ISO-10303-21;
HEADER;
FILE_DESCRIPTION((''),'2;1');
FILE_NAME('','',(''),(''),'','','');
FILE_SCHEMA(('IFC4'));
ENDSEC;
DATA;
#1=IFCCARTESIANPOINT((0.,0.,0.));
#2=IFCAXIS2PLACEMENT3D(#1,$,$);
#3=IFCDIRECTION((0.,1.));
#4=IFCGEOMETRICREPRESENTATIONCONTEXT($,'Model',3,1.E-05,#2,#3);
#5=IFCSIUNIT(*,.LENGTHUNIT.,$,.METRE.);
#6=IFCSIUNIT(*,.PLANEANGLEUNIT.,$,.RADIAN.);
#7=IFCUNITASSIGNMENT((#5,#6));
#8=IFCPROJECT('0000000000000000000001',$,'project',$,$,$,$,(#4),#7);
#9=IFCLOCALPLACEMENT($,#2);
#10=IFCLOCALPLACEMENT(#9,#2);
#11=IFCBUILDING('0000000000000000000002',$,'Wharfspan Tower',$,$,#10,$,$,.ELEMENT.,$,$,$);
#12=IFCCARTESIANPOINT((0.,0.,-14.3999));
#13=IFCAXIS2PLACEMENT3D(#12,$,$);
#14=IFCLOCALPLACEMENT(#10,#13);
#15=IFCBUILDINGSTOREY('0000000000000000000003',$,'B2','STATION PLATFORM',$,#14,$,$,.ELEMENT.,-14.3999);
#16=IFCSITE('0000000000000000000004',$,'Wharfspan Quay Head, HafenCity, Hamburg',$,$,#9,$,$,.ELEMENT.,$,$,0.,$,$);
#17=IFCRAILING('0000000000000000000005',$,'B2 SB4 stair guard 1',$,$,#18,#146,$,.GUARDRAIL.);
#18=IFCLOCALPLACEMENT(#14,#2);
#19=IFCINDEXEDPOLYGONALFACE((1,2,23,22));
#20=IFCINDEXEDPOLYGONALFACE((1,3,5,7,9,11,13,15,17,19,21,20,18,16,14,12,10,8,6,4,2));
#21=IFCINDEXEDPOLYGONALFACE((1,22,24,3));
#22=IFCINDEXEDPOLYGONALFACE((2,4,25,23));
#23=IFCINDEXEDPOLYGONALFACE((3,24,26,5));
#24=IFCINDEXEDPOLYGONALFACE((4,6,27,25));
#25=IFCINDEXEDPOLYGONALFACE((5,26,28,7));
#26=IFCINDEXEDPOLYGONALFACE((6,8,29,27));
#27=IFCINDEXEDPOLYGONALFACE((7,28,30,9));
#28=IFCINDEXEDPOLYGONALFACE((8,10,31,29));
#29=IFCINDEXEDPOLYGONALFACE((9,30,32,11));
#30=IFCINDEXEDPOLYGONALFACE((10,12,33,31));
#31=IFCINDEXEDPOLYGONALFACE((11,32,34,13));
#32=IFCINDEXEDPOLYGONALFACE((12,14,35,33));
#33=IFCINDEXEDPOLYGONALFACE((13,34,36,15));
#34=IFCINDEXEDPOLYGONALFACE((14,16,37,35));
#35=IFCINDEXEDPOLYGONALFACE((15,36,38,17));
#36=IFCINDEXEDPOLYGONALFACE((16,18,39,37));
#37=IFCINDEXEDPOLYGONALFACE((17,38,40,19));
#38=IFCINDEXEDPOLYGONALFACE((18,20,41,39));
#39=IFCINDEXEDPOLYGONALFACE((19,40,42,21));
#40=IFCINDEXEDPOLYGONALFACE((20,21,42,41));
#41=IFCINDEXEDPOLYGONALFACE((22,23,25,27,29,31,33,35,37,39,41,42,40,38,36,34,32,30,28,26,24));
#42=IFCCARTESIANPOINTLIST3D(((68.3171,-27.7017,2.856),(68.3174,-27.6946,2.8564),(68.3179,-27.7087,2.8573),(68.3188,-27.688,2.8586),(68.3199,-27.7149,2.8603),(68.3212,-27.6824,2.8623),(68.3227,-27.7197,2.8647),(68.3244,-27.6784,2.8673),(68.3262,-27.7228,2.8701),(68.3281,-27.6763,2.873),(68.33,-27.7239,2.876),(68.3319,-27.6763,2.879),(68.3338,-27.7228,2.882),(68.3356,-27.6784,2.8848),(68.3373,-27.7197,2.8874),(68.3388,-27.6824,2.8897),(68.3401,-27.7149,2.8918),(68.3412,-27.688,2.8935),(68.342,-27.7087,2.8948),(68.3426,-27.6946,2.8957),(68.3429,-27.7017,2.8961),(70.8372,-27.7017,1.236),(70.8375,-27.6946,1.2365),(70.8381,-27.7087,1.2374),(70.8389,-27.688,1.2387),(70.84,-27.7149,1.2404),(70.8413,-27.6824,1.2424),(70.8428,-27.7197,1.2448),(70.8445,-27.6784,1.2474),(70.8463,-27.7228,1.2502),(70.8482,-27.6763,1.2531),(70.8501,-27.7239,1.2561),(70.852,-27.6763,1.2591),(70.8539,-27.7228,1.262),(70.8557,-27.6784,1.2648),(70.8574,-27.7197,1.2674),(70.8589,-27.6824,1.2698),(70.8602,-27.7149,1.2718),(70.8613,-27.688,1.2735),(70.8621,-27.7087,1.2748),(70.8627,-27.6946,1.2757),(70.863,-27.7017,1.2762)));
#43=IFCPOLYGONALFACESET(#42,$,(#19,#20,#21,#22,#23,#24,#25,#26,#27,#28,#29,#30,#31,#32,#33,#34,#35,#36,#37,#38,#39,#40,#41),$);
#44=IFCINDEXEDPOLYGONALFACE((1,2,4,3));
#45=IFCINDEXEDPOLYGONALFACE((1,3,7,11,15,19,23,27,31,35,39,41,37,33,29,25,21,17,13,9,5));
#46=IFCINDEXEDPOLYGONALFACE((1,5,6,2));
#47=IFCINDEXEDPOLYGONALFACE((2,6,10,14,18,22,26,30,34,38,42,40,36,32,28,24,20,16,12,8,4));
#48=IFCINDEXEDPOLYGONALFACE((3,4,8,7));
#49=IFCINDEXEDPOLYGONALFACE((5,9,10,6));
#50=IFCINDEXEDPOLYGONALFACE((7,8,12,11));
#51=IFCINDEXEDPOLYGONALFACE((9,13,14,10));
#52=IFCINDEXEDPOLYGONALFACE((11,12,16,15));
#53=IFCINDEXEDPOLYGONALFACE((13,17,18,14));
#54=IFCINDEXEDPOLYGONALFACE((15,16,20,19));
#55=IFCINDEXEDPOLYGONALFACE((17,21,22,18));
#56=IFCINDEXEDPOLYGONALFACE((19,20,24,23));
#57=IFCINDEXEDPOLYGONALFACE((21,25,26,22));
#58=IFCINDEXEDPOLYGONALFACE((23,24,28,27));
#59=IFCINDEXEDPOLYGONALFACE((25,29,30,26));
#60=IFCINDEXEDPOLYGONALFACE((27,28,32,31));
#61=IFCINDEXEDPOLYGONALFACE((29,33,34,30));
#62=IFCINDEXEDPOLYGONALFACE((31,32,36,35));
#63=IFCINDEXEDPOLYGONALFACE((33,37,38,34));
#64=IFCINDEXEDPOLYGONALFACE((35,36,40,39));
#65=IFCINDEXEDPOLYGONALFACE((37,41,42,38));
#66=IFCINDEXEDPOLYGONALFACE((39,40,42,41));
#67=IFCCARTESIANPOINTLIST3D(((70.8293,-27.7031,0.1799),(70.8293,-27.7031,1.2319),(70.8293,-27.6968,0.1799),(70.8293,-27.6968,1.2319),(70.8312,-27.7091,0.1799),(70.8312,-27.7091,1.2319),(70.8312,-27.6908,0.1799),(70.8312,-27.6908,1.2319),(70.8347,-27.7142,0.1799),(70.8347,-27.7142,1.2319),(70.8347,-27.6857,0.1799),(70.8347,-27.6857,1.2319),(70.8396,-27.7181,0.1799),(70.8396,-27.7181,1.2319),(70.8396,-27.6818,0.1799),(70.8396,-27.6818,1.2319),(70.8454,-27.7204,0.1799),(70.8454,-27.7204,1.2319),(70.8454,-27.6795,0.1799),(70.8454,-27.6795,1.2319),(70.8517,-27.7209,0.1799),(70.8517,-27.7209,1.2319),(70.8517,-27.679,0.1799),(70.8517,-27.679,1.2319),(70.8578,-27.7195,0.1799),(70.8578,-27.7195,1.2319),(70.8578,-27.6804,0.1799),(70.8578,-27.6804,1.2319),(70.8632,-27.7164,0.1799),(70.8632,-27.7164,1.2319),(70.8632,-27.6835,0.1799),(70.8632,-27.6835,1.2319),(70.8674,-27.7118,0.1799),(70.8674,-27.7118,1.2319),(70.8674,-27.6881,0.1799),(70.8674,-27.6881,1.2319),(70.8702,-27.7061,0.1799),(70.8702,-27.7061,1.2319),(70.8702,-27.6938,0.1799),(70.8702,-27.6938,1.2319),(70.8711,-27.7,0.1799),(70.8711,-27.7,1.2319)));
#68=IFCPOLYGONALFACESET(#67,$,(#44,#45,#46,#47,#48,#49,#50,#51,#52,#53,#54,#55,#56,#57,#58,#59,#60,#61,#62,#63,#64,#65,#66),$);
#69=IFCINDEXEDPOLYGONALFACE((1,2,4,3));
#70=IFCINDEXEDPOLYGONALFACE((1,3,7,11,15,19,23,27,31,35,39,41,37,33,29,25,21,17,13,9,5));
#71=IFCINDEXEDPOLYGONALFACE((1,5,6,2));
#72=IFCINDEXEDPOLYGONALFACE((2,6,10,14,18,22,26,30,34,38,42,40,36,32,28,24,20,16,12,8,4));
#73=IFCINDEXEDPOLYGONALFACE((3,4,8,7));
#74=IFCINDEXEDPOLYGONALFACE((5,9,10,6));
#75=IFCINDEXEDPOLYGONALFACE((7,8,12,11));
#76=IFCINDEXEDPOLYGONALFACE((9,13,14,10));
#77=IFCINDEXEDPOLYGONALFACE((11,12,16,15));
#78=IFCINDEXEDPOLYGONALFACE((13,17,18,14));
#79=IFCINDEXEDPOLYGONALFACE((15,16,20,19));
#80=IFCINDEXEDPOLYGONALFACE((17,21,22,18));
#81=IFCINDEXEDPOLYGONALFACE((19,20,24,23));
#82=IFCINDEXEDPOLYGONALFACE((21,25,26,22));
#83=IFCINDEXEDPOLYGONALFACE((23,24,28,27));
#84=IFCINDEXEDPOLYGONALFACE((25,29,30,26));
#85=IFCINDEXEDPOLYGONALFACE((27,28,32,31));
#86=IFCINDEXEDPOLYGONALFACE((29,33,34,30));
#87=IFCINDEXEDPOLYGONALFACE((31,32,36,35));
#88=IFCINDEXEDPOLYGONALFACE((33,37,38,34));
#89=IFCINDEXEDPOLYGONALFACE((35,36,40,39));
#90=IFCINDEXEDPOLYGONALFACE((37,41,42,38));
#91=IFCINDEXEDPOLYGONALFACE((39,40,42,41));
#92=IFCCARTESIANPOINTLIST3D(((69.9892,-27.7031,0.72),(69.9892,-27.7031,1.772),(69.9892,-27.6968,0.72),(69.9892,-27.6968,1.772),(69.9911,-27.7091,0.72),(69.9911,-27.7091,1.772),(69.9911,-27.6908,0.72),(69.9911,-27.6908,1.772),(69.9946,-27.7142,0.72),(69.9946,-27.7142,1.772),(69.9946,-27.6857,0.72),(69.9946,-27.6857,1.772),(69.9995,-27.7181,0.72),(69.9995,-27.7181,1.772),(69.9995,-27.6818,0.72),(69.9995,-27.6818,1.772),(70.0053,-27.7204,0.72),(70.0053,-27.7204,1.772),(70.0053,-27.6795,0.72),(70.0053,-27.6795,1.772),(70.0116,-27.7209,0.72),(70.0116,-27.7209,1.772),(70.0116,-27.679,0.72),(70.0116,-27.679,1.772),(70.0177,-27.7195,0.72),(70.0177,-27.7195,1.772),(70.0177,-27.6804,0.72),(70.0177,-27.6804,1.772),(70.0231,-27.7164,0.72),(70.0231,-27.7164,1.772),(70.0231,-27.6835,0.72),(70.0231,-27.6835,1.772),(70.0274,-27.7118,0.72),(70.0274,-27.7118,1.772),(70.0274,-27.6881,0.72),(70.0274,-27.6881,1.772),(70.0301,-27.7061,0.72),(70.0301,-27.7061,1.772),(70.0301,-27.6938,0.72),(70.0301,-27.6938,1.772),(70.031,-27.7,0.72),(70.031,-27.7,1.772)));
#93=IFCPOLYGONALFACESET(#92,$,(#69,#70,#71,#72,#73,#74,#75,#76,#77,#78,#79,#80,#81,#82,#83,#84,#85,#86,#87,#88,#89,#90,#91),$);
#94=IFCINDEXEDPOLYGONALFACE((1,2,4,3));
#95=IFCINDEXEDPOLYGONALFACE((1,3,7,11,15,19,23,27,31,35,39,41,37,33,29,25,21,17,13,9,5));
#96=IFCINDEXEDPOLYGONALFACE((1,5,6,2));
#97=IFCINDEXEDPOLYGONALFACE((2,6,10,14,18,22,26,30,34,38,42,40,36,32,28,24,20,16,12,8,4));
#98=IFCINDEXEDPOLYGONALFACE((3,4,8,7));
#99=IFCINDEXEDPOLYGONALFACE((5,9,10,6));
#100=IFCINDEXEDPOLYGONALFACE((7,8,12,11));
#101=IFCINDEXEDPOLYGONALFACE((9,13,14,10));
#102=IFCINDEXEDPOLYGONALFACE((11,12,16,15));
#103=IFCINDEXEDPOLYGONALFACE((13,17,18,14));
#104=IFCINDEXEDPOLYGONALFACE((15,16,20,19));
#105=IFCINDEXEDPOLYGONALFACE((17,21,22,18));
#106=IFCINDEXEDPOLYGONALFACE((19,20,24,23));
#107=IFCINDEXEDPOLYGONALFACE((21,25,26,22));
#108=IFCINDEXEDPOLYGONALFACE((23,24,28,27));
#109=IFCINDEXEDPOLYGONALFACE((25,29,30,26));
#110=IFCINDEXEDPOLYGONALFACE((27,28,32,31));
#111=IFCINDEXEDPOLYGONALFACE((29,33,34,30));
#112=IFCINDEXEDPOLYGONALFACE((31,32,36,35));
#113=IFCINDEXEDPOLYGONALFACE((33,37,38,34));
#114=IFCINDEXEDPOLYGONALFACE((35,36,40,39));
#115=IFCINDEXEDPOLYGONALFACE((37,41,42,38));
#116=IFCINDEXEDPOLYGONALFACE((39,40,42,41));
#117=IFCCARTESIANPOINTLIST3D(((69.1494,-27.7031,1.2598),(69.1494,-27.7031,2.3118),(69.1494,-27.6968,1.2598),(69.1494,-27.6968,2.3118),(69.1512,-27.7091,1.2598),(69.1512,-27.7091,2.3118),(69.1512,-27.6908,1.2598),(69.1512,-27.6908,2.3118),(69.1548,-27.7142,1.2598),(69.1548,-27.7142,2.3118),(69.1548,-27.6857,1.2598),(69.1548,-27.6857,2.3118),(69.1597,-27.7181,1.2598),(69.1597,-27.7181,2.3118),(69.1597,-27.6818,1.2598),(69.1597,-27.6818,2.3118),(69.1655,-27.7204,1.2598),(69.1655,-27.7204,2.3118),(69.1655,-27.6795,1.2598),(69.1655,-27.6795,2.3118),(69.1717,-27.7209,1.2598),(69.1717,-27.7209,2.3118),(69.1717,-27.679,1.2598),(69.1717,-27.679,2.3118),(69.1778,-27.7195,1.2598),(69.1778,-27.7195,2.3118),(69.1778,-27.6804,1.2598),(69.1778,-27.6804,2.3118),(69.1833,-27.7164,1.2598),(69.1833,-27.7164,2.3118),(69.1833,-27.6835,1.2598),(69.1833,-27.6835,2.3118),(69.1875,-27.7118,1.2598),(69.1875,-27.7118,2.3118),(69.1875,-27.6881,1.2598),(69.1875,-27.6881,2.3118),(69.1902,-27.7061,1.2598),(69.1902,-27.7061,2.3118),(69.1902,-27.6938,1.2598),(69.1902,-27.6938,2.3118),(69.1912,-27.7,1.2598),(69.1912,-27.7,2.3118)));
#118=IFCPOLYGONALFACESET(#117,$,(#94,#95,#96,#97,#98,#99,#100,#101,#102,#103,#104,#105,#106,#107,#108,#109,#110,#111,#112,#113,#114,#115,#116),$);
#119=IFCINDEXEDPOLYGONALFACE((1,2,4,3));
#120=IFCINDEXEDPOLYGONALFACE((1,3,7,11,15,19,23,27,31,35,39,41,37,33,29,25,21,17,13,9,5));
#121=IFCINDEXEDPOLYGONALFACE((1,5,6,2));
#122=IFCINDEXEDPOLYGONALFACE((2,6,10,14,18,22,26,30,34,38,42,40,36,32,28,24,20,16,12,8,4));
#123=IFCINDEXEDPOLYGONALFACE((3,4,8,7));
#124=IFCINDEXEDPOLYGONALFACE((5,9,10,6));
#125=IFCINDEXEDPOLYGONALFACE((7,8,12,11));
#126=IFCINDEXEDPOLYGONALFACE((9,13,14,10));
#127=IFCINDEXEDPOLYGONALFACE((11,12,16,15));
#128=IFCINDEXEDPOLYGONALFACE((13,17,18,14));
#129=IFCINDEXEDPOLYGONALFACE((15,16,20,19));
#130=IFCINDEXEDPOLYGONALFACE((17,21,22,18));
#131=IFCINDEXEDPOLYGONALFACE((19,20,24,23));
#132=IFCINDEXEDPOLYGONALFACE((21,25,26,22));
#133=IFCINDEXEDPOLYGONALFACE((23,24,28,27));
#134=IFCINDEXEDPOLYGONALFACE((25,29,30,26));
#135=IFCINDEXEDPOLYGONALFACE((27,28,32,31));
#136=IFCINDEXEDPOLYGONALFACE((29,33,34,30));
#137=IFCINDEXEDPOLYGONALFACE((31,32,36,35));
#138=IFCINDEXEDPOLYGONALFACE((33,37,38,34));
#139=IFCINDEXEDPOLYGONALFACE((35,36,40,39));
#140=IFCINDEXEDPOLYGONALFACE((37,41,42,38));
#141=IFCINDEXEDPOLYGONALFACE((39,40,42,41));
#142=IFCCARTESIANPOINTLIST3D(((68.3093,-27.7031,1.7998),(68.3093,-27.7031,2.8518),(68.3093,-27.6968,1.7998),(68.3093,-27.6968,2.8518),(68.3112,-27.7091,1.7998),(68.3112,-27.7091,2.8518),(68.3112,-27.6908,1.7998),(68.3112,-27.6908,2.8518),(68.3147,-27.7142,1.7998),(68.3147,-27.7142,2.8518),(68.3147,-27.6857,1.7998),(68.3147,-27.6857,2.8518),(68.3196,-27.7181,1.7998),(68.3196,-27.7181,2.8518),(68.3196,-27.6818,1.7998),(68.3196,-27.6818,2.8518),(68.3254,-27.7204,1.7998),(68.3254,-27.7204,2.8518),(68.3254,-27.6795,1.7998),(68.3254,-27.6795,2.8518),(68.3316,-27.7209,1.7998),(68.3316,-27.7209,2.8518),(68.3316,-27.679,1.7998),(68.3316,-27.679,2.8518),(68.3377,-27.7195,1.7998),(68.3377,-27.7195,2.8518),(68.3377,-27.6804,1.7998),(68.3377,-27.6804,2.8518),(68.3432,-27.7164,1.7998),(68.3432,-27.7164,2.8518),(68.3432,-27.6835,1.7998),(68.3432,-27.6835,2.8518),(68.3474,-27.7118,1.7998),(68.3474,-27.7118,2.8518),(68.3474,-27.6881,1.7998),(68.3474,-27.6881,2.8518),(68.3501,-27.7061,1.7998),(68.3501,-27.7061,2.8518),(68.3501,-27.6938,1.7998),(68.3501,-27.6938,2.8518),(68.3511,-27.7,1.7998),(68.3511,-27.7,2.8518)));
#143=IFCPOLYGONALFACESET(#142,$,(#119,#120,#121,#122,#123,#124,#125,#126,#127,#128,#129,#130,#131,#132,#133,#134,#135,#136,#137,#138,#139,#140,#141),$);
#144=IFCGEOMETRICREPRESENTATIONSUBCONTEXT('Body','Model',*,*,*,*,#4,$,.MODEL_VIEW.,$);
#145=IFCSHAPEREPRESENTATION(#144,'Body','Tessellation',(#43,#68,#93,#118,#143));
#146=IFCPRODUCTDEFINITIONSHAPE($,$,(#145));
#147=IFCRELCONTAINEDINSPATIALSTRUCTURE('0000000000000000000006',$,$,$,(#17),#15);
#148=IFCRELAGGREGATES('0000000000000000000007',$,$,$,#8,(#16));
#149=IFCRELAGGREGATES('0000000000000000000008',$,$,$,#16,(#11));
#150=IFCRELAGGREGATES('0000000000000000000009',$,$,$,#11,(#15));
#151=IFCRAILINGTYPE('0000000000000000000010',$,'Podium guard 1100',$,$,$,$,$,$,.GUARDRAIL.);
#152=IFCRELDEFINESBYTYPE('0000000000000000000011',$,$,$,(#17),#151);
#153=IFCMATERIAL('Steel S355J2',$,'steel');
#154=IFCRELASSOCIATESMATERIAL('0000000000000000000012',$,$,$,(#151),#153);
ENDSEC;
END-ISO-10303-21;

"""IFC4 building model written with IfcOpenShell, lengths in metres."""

from ifc_helpers import new_model, si_unit, direction, frame, origin, origin_2d, place, context, subcontext, project, spatial, circle, extrude, material, type_object, element, save


model = new_model("IFC4")

# Units and contexts
model_context = context("Model", 3, precision=1e-05, world=origin(), true_north=direction((0.0, 1.0)))
body_context = subcontext(model_context, "Body", "Model", "MODEL_VIEW")
ifc_project = project(units=[si_unit("LENGTHUNIT", "METRE"), si_unit("PLANEANGLEUNIT", "RADIAN")], contexts=[model_context])

# Site, building, storey
site_placement = place(None, origin())
site = spatial("IfcSite", under=ifc_project, at=site_placement, Name="Wharfspan Quay Head, HafenCity, Hamburg", CompositionType="ELEMENT", RefElevation=0.0)
building_placement = place(site_placement, origin())
building = spatial("IfcBuilding", under=site, at=building_placement, Name="Wharfspan Tower", CompositionType="ELEMENT")
storey_placement = place(building_placement, frame((0.0, 0.0, -14.3999)))
storey = spatial("IfcBuildingStorey", under=building, at=storey_placement, Name="B2", Description="STATION PLATFORM", CompositionType="ELEMENT", Elevation=-14.3999)

# Railing
ifc_material_1 = material(Name="Steel S355J2", Category="steel")
railing_type_1 = type_object("IfcRailingType", Name="Podium guard 1100", PredefinedType="GUARDRAIL", material=ifc_material_1)
railing_1_placement = place(storey_placement, frame((70.8501, -27.7, 0.1799)))
element("IfcRailing", 1, at=railing_1_placement, inside=storey, type_object=railing_type_1, Name="B2 SB4 stair guard 1", PredefinedType="GUARDRAIL", context=body_context, shape_type="SweptSolid", body=[
    extrude(circle(Radius=0.0239, at=origin_2d()), frame((0.0, 0.0, 1.0762), z_axis=(-0.8412, 0.0, 0.540725), x_axis=(0.0, -1.0, 0.0)), (0.0, 0.0, 1.0), 2.9958),
    extrude(circle(Radius=0.021, at=origin_2d()), origin(), (0.0, 0.0, 1.0), 1.052),
    extrude(circle(Radius=0.021, at=origin_2d()), frame((-0.8401, 0.0, 0.54)), (0.0, 0.0, 1.0), 1.052),
    extrude(circle(Radius=0.021, at=origin_2d()), frame((-1.6799, 0.0, 1.0798)), (0.0, 0.0, 1.0), 1.052),
    extrude(circle(Radius=0.021, at=origin_2d()), frame((-2.52, 0.0, 1.6199)), (0.0, 0.0, 1.0), 1.052),
])

save(model, "model.ifc")
